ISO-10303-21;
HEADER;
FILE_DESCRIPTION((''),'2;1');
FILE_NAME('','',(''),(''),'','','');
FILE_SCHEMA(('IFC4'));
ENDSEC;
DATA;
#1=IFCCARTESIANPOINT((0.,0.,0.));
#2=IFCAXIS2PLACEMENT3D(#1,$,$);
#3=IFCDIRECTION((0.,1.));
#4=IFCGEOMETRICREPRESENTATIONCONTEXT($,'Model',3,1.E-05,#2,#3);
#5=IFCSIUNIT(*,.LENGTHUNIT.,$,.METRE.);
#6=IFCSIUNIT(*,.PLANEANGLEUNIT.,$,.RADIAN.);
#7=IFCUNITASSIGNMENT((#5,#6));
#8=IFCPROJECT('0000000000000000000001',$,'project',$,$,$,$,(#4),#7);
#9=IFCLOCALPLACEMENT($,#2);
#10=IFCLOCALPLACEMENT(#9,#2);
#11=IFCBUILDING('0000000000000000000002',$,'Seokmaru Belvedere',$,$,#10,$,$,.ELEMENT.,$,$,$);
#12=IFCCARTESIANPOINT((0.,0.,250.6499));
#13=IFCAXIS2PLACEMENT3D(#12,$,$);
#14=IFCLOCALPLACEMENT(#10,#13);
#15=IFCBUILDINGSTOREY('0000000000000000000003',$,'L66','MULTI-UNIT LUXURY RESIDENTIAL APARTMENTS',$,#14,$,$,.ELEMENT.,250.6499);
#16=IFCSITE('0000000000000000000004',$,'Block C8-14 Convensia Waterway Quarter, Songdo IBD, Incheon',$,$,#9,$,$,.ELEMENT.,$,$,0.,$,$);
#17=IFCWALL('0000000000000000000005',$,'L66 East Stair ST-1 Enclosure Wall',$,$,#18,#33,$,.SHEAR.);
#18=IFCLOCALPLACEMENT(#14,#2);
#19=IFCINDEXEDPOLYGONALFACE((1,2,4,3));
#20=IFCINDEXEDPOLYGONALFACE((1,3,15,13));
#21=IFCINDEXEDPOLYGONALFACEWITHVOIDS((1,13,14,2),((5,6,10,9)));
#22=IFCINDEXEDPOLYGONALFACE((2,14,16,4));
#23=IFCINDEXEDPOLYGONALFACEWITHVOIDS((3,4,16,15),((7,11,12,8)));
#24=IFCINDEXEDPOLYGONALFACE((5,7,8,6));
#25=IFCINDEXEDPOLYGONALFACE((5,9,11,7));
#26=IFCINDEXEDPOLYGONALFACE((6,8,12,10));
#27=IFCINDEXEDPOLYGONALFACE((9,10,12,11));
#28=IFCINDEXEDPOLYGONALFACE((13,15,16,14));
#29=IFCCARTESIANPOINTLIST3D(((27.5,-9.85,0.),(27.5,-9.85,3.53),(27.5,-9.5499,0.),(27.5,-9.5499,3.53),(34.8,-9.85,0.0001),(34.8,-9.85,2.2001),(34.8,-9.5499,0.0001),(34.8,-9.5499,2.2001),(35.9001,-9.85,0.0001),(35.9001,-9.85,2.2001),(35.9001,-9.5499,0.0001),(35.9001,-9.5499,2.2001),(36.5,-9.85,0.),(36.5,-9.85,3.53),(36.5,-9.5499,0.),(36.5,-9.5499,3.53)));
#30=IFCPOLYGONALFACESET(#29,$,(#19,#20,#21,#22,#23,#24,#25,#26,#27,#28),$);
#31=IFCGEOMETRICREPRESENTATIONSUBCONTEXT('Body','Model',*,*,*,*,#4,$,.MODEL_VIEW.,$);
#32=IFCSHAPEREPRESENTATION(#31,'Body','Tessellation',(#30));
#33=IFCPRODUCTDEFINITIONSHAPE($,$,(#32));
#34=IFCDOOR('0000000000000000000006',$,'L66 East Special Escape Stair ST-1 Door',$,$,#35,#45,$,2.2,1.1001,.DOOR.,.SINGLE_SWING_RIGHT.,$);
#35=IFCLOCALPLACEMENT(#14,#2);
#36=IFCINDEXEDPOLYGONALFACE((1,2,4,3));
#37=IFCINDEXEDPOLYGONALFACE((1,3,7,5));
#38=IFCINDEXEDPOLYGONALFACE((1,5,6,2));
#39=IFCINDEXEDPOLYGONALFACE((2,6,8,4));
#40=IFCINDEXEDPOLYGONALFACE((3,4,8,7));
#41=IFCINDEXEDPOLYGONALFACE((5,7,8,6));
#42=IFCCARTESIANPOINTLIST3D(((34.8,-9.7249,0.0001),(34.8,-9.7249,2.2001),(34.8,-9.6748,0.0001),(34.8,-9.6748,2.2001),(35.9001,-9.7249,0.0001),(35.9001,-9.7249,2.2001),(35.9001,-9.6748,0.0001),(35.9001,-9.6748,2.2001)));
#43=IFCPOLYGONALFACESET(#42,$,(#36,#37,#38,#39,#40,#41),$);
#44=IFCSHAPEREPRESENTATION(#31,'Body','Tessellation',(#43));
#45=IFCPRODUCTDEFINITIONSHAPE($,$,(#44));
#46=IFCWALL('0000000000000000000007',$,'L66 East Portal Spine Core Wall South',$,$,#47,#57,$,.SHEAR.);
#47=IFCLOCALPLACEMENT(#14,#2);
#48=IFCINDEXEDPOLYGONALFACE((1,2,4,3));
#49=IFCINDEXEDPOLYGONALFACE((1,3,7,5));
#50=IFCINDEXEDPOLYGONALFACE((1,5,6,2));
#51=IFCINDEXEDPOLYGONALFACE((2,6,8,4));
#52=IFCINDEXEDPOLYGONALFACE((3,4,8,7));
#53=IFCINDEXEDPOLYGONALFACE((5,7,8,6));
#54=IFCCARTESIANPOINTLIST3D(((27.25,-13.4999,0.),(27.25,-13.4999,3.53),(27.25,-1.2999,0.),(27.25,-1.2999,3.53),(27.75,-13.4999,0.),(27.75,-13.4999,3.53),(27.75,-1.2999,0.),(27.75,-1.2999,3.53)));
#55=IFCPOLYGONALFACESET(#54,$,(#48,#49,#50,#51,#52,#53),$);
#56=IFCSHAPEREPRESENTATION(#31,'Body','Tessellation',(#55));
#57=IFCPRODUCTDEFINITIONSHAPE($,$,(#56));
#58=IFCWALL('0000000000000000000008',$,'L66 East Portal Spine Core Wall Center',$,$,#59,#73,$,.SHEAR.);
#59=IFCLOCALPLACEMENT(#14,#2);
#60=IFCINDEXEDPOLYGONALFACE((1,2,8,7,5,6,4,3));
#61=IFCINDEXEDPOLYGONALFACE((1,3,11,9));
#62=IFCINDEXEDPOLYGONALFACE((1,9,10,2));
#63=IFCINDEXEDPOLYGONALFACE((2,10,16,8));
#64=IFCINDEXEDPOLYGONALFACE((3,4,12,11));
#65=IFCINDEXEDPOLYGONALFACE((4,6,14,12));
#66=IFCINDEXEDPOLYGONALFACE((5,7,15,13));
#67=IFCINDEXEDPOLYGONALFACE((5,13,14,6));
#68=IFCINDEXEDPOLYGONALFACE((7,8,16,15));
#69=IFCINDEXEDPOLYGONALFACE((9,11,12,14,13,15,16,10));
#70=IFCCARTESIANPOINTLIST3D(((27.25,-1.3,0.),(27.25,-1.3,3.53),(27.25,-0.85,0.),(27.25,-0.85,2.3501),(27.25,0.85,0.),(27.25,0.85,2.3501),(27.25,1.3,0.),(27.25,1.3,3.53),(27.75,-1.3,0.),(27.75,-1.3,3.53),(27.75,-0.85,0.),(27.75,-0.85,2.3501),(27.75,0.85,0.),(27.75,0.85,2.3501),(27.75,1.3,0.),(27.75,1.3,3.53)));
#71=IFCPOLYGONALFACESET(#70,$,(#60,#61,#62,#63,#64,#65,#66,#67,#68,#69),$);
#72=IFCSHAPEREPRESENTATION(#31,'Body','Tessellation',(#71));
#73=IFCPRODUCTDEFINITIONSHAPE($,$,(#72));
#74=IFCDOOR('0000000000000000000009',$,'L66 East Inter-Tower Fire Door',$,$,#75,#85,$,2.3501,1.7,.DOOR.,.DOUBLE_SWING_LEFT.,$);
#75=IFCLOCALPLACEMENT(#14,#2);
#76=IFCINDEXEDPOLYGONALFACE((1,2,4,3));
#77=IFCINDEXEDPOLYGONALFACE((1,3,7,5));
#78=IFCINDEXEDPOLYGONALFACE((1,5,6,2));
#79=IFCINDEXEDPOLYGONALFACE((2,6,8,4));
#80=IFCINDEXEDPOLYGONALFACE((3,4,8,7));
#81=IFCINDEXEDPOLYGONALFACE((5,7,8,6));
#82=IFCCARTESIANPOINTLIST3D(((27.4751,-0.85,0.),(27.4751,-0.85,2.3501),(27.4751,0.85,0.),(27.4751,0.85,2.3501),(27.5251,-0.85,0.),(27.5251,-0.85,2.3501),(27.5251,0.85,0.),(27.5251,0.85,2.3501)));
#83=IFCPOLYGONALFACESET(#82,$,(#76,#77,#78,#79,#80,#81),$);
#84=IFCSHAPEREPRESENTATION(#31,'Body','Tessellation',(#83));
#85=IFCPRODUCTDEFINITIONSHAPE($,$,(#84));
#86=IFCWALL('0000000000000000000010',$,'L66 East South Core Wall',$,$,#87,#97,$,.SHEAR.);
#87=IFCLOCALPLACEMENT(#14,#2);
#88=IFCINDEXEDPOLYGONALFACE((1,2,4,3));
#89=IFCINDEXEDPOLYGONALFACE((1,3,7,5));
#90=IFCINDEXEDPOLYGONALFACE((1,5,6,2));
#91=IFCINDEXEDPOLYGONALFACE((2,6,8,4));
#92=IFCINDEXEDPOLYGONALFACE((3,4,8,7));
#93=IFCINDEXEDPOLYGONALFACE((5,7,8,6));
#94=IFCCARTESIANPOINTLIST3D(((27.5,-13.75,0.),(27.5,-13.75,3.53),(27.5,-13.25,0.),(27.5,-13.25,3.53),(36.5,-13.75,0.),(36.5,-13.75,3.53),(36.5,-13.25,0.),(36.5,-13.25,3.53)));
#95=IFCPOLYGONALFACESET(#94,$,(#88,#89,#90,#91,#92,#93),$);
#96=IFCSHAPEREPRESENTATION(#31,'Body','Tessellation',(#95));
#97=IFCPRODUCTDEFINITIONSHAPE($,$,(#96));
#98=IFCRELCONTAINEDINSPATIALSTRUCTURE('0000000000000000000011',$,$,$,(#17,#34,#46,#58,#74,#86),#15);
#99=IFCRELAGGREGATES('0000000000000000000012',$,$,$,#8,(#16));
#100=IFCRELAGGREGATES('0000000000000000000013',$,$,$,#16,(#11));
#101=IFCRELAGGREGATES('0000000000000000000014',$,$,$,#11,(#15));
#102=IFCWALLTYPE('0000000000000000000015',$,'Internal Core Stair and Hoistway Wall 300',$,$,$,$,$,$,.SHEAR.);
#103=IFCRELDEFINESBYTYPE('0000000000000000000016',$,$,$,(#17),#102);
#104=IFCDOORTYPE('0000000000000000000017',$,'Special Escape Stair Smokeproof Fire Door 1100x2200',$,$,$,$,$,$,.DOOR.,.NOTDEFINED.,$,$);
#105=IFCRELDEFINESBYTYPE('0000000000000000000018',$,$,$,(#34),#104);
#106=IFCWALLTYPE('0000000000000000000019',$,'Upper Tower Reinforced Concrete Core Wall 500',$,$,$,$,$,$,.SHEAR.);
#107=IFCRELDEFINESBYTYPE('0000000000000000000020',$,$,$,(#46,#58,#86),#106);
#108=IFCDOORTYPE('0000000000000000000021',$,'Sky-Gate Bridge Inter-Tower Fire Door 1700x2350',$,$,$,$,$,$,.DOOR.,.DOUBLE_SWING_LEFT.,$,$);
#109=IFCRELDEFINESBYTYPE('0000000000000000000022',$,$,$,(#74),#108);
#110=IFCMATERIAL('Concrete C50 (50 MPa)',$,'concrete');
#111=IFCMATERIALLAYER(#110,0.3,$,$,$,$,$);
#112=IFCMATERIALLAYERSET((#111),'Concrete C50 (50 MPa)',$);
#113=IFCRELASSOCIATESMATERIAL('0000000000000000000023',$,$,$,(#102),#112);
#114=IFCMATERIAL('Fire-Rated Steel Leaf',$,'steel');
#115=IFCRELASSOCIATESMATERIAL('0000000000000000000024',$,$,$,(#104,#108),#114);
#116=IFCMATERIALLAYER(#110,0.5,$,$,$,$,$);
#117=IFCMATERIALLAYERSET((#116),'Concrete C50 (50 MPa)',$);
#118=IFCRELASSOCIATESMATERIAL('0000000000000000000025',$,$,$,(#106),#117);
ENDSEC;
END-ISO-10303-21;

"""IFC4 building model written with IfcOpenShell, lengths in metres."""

from ifc_helpers import new_model, si_unit, direction, frame, frame_2d, origin, place, context, subcontext, project, spatial, rectangle, extrude, source, transform, mapped, material, layer, layer_set, type_object, type_shapes, element, fill, save


model = new_model("IFC4")

# Units and contexts
model_context = context("Model", 3, precision=1e-05, world=origin(), true_north=direction((0.0, 1.0)))
body_context = subcontext(model_context, "Body", "Model", "MODEL_VIEW")
ifc_project = project(units=[si_unit("LENGTHUNIT", "METRE"), si_unit("PLANEANGLEUNIT", "RADIAN")], contexts=[model_context])

# Site, building, storey
site_placement = place(None, origin())
site = spatial("IfcSite", under=ifc_project, at=site_placement, Name="Block C8-14 Convensia Waterway Quarter, Songdo IBD, Incheon", CompositionType="ELEMENT", RefElevation=0.0)
building_placement = place(site_placement, origin())
building = spatial("IfcBuilding", under=site, at=building_placement, Name="Seokmaru Belvedere", CompositionType="ELEMENT")
storey_placement = place(building_placement, frame((0.0, 0.0, 250.6499)))
storey = spatial("IfcBuildingStorey", under=building, at=storey_placement, Name="L66", Description="MULTI-UNIT LUXURY RESIDENTIAL APARTMENTS", CompositionType="ELEMENT", Elevation=250.6499)

# Shared definitions
ifc_material_1 = material(Name="Fire-Rated Steel Leaf", Category="steel")

# Shared definitions
ifc_material_2 = material(Name="Concrete C50 (50 MPa)", Category="concrete")

# Wall, opening, door
ifc_layer_1 = layer(ifc_material_2, 0.3)
ifc_layer_set_1 = layer_set([ifc_layer_1], Name="Concrete C50 (50 MPa)")
wall_type_1 = type_object("IfcWallType", Name="Internal Core Stair and Hoistway Wall 300", PredefinedType="SHEAR", material=ifc_layer_set_1)
wall_1_placement = place(storey_placement, frame((27.5, -9.7, 0.0), z_axis=(0.0, 0.0, 1.0), x_axis=(1.0, 0.0, 0.0)))
wall_1 = element("IfcWall", 1, at=wall_1_placement, inside=storey, type_object=wall_type_1, Name="L66 East Stair ST-1 Enclosure Wall", PredefinedType="SHEAR", context=body_context, shape_type="SweptSolid", body=[
    extrude(rectangle(XDim=9.0, YDim=0.3, at=frame_2d((4.5, 0.0))), origin(), (0.0, 0.0, 1.0), 3.53),
])
opening_1_placement = place(wall_1_placement, frame((7.3, 0.0, 0.0)))
opening_1 = element("IfcOpeningElement", 2, at=opening_1_placement, cuts=wall_1, PredefinedType="OPENING", context=body_context, shape_type="SweptSolid", body=[
    extrude(rectangle(XDim=1.1001, YDim=2.2, at=frame_2d((0.55, 1.1001))), frame((0.0, 0.1602, 0.0), z_axis=(0.0, -1.0, 0.0), x_axis=(1.0, 0.0, 0.0)), (0.0, 0.0, 1.0), 0.3201),
])
door_type_1 = type_object("IfcDoorType", Name="Special Escape Stair Smokeproof Fire Door 1100x2200", OperationType="NOTDEFINED", PredefinedType="DOOR", material=ifc_material_1)
shared_shape_1 = source(origin(), body_context, "Body", "SweptSolid", [
    extrude(rectangle(XDim=1.1001, YDim=2.2, at=frame_2d((0.55, 1.1001))), frame((0.0, 0.0249, 0.0), z_axis=(0.0, -1.0, 0.0), x_axis=(1.0, 0.0, 0.0)), (0.0, 0.0, 1.0), 0.05),
])
type_shapes(door_type_1, [shared_shape_1])
door_1_placement = place(opening_1_placement, frame((1.1001, 0.0, 0.0), z_axis=(0.0, 0.0, 1.0), x_axis=(-1.0, 0.0, 0.0)))
door_1 = element("IfcDoor", 3, at=door_1_placement, inside=storey, type_object=door_type_1, Name="L66 East Special Escape Stair ST-1 Door", OperationType="SINGLE_SWING_RIGHT", OverallHeight=2.2, OverallWidth=1.1001, PredefinedType="DOOR", context=body_context, shape_type="MappedRepresentation", body=[
    mapped(shared_shape_1, transform((0.0, 0.0, 0.0), scale=1.0)),
])
fill(opening_1, door_1)

# Wall
ifc_layer_2 = layer(ifc_material_2, 0.5)
ifc_layer_set_2 = layer_set([ifc_layer_2], Name="Concrete C50 (50 MPa)")
wall_type_2 = type_object("IfcWallType", Name="Upper Tower Reinforced Concrete Core Wall 500", PredefinedType="SHEAR", material=ifc_layer_set_2)
wall_2_placement = place(storey_placement, frame((27.5, -13.5, 0.0), z_axis=(0.0, 0.0, 1.0), x_axis=(0.0, 1.0, 0.0)))
element("IfcWall", 4, at=wall_2_placement, inside=storey, type_object=wall_type_2, Name="L66 East Portal Spine Core Wall South", PredefinedType="SHEAR", context=body_context, shape_type="SweptSolid", body=[
    extrude(rectangle(XDim=12.2, YDim=0.5, at=frame_2d((6.1001, 0.0))), origin(), (0.0, 0.0, 1.0), 3.53),
])

# Wall, opening, door
wall_3_placement = place(storey_placement, frame((27.5, -1.3, 0.0), z_axis=(0.0, 0.0, 1.0), x_axis=(0.0, 1.0, 0.0)))
wall_3 = element("IfcWall", 5, at=wall_3_placement, inside=storey, type_object=wall_type_2, Name="L66 East Portal Spine Core Wall Center", PredefinedType="SHEAR", context=body_context, shape_type="SweptSolid", body=[
    extrude(rectangle(XDim=2.6001, YDim=0.5, at=frame_2d((1.3, 0.0))), origin(), (0.0, 0.0, 1.0), 3.53),
])
opening_2_placement = place(wall_3_placement, frame((0.45, 0.0, 0.0)))
opening_2 = element("IfcOpeningElement", 6, at=opening_2_placement, cuts=wall_3, PredefinedType="OPENING", context=body_context, shape_type="SweptSolid", body=[
    extrude(rectangle(XDim=1.7, YDim=2.3501, at=frame_2d((0.8501, 1.175))), frame((0.0, 0.26, 0.0), z_axis=(0.0, -1.0, 0.0), x_axis=(1.0, 0.0, 0.0)), (0.0, 0.0, 1.0), 0.52),
])
door_type_2 = type_object("IfcDoorType", Name="Sky-Gate Bridge Inter-Tower Fire Door 1700x2350", OperationType="DOUBLE_SWING_LEFT", PredefinedType="DOOR", material=ifc_material_1)
shared_shape_2 = source(origin(), body_context, "Body", "SweptSolid", [
    extrude(rectangle(XDim=1.7, YDim=2.3501, at=frame_2d((0.8501, 1.175))), frame((0.0, 0.0249, 0.0), z_axis=(0.0, -1.0, 0.0), x_axis=(1.0, 0.0, 0.0)), (0.0, 0.0, 1.0), 0.05),
])
type_shapes(door_type_2, [shared_shape_2])
door_2_placement = place(opening_2_placement, origin())
door_2 = element("IfcDoor", 7, at=door_2_placement, inside=storey, type_object=door_type_2, Name="L66 East Inter-Tower Fire Door", OperationType="DOUBLE_SWING_LEFT", OverallHeight=2.3501, OverallWidth=1.7, PredefinedType="DOOR", context=body_context, shape_type="MappedRepresentation", body=[
    mapped(shared_shape_2, transform((0.0, 0.0, 0.0), scale=1.0)),
])
fill(opening_2, door_2)

# Wall
wall_4_placement = place(storey_placement, frame((27.5, -13.5, 0.0), z_axis=(0.0, 0.0, 1.0), x_axis=(1.0, 0.0, 0.0)))
element("IfcWall", 8, at=wall_4_placement, inside=storey, type_object=wall_type_2, Name="L66 East South Core Wall", PredefinedType="SHEAR", context=body_context, shape_type="SweptSolid", body=[
    extrude(rectangle(XDim=9.0, YDim=0.5, at=frame_2d((4.5, 0.0))), origin(), (0.0, 0.0, 1.0), 3.53),
])

save(model, "model.ifc")
